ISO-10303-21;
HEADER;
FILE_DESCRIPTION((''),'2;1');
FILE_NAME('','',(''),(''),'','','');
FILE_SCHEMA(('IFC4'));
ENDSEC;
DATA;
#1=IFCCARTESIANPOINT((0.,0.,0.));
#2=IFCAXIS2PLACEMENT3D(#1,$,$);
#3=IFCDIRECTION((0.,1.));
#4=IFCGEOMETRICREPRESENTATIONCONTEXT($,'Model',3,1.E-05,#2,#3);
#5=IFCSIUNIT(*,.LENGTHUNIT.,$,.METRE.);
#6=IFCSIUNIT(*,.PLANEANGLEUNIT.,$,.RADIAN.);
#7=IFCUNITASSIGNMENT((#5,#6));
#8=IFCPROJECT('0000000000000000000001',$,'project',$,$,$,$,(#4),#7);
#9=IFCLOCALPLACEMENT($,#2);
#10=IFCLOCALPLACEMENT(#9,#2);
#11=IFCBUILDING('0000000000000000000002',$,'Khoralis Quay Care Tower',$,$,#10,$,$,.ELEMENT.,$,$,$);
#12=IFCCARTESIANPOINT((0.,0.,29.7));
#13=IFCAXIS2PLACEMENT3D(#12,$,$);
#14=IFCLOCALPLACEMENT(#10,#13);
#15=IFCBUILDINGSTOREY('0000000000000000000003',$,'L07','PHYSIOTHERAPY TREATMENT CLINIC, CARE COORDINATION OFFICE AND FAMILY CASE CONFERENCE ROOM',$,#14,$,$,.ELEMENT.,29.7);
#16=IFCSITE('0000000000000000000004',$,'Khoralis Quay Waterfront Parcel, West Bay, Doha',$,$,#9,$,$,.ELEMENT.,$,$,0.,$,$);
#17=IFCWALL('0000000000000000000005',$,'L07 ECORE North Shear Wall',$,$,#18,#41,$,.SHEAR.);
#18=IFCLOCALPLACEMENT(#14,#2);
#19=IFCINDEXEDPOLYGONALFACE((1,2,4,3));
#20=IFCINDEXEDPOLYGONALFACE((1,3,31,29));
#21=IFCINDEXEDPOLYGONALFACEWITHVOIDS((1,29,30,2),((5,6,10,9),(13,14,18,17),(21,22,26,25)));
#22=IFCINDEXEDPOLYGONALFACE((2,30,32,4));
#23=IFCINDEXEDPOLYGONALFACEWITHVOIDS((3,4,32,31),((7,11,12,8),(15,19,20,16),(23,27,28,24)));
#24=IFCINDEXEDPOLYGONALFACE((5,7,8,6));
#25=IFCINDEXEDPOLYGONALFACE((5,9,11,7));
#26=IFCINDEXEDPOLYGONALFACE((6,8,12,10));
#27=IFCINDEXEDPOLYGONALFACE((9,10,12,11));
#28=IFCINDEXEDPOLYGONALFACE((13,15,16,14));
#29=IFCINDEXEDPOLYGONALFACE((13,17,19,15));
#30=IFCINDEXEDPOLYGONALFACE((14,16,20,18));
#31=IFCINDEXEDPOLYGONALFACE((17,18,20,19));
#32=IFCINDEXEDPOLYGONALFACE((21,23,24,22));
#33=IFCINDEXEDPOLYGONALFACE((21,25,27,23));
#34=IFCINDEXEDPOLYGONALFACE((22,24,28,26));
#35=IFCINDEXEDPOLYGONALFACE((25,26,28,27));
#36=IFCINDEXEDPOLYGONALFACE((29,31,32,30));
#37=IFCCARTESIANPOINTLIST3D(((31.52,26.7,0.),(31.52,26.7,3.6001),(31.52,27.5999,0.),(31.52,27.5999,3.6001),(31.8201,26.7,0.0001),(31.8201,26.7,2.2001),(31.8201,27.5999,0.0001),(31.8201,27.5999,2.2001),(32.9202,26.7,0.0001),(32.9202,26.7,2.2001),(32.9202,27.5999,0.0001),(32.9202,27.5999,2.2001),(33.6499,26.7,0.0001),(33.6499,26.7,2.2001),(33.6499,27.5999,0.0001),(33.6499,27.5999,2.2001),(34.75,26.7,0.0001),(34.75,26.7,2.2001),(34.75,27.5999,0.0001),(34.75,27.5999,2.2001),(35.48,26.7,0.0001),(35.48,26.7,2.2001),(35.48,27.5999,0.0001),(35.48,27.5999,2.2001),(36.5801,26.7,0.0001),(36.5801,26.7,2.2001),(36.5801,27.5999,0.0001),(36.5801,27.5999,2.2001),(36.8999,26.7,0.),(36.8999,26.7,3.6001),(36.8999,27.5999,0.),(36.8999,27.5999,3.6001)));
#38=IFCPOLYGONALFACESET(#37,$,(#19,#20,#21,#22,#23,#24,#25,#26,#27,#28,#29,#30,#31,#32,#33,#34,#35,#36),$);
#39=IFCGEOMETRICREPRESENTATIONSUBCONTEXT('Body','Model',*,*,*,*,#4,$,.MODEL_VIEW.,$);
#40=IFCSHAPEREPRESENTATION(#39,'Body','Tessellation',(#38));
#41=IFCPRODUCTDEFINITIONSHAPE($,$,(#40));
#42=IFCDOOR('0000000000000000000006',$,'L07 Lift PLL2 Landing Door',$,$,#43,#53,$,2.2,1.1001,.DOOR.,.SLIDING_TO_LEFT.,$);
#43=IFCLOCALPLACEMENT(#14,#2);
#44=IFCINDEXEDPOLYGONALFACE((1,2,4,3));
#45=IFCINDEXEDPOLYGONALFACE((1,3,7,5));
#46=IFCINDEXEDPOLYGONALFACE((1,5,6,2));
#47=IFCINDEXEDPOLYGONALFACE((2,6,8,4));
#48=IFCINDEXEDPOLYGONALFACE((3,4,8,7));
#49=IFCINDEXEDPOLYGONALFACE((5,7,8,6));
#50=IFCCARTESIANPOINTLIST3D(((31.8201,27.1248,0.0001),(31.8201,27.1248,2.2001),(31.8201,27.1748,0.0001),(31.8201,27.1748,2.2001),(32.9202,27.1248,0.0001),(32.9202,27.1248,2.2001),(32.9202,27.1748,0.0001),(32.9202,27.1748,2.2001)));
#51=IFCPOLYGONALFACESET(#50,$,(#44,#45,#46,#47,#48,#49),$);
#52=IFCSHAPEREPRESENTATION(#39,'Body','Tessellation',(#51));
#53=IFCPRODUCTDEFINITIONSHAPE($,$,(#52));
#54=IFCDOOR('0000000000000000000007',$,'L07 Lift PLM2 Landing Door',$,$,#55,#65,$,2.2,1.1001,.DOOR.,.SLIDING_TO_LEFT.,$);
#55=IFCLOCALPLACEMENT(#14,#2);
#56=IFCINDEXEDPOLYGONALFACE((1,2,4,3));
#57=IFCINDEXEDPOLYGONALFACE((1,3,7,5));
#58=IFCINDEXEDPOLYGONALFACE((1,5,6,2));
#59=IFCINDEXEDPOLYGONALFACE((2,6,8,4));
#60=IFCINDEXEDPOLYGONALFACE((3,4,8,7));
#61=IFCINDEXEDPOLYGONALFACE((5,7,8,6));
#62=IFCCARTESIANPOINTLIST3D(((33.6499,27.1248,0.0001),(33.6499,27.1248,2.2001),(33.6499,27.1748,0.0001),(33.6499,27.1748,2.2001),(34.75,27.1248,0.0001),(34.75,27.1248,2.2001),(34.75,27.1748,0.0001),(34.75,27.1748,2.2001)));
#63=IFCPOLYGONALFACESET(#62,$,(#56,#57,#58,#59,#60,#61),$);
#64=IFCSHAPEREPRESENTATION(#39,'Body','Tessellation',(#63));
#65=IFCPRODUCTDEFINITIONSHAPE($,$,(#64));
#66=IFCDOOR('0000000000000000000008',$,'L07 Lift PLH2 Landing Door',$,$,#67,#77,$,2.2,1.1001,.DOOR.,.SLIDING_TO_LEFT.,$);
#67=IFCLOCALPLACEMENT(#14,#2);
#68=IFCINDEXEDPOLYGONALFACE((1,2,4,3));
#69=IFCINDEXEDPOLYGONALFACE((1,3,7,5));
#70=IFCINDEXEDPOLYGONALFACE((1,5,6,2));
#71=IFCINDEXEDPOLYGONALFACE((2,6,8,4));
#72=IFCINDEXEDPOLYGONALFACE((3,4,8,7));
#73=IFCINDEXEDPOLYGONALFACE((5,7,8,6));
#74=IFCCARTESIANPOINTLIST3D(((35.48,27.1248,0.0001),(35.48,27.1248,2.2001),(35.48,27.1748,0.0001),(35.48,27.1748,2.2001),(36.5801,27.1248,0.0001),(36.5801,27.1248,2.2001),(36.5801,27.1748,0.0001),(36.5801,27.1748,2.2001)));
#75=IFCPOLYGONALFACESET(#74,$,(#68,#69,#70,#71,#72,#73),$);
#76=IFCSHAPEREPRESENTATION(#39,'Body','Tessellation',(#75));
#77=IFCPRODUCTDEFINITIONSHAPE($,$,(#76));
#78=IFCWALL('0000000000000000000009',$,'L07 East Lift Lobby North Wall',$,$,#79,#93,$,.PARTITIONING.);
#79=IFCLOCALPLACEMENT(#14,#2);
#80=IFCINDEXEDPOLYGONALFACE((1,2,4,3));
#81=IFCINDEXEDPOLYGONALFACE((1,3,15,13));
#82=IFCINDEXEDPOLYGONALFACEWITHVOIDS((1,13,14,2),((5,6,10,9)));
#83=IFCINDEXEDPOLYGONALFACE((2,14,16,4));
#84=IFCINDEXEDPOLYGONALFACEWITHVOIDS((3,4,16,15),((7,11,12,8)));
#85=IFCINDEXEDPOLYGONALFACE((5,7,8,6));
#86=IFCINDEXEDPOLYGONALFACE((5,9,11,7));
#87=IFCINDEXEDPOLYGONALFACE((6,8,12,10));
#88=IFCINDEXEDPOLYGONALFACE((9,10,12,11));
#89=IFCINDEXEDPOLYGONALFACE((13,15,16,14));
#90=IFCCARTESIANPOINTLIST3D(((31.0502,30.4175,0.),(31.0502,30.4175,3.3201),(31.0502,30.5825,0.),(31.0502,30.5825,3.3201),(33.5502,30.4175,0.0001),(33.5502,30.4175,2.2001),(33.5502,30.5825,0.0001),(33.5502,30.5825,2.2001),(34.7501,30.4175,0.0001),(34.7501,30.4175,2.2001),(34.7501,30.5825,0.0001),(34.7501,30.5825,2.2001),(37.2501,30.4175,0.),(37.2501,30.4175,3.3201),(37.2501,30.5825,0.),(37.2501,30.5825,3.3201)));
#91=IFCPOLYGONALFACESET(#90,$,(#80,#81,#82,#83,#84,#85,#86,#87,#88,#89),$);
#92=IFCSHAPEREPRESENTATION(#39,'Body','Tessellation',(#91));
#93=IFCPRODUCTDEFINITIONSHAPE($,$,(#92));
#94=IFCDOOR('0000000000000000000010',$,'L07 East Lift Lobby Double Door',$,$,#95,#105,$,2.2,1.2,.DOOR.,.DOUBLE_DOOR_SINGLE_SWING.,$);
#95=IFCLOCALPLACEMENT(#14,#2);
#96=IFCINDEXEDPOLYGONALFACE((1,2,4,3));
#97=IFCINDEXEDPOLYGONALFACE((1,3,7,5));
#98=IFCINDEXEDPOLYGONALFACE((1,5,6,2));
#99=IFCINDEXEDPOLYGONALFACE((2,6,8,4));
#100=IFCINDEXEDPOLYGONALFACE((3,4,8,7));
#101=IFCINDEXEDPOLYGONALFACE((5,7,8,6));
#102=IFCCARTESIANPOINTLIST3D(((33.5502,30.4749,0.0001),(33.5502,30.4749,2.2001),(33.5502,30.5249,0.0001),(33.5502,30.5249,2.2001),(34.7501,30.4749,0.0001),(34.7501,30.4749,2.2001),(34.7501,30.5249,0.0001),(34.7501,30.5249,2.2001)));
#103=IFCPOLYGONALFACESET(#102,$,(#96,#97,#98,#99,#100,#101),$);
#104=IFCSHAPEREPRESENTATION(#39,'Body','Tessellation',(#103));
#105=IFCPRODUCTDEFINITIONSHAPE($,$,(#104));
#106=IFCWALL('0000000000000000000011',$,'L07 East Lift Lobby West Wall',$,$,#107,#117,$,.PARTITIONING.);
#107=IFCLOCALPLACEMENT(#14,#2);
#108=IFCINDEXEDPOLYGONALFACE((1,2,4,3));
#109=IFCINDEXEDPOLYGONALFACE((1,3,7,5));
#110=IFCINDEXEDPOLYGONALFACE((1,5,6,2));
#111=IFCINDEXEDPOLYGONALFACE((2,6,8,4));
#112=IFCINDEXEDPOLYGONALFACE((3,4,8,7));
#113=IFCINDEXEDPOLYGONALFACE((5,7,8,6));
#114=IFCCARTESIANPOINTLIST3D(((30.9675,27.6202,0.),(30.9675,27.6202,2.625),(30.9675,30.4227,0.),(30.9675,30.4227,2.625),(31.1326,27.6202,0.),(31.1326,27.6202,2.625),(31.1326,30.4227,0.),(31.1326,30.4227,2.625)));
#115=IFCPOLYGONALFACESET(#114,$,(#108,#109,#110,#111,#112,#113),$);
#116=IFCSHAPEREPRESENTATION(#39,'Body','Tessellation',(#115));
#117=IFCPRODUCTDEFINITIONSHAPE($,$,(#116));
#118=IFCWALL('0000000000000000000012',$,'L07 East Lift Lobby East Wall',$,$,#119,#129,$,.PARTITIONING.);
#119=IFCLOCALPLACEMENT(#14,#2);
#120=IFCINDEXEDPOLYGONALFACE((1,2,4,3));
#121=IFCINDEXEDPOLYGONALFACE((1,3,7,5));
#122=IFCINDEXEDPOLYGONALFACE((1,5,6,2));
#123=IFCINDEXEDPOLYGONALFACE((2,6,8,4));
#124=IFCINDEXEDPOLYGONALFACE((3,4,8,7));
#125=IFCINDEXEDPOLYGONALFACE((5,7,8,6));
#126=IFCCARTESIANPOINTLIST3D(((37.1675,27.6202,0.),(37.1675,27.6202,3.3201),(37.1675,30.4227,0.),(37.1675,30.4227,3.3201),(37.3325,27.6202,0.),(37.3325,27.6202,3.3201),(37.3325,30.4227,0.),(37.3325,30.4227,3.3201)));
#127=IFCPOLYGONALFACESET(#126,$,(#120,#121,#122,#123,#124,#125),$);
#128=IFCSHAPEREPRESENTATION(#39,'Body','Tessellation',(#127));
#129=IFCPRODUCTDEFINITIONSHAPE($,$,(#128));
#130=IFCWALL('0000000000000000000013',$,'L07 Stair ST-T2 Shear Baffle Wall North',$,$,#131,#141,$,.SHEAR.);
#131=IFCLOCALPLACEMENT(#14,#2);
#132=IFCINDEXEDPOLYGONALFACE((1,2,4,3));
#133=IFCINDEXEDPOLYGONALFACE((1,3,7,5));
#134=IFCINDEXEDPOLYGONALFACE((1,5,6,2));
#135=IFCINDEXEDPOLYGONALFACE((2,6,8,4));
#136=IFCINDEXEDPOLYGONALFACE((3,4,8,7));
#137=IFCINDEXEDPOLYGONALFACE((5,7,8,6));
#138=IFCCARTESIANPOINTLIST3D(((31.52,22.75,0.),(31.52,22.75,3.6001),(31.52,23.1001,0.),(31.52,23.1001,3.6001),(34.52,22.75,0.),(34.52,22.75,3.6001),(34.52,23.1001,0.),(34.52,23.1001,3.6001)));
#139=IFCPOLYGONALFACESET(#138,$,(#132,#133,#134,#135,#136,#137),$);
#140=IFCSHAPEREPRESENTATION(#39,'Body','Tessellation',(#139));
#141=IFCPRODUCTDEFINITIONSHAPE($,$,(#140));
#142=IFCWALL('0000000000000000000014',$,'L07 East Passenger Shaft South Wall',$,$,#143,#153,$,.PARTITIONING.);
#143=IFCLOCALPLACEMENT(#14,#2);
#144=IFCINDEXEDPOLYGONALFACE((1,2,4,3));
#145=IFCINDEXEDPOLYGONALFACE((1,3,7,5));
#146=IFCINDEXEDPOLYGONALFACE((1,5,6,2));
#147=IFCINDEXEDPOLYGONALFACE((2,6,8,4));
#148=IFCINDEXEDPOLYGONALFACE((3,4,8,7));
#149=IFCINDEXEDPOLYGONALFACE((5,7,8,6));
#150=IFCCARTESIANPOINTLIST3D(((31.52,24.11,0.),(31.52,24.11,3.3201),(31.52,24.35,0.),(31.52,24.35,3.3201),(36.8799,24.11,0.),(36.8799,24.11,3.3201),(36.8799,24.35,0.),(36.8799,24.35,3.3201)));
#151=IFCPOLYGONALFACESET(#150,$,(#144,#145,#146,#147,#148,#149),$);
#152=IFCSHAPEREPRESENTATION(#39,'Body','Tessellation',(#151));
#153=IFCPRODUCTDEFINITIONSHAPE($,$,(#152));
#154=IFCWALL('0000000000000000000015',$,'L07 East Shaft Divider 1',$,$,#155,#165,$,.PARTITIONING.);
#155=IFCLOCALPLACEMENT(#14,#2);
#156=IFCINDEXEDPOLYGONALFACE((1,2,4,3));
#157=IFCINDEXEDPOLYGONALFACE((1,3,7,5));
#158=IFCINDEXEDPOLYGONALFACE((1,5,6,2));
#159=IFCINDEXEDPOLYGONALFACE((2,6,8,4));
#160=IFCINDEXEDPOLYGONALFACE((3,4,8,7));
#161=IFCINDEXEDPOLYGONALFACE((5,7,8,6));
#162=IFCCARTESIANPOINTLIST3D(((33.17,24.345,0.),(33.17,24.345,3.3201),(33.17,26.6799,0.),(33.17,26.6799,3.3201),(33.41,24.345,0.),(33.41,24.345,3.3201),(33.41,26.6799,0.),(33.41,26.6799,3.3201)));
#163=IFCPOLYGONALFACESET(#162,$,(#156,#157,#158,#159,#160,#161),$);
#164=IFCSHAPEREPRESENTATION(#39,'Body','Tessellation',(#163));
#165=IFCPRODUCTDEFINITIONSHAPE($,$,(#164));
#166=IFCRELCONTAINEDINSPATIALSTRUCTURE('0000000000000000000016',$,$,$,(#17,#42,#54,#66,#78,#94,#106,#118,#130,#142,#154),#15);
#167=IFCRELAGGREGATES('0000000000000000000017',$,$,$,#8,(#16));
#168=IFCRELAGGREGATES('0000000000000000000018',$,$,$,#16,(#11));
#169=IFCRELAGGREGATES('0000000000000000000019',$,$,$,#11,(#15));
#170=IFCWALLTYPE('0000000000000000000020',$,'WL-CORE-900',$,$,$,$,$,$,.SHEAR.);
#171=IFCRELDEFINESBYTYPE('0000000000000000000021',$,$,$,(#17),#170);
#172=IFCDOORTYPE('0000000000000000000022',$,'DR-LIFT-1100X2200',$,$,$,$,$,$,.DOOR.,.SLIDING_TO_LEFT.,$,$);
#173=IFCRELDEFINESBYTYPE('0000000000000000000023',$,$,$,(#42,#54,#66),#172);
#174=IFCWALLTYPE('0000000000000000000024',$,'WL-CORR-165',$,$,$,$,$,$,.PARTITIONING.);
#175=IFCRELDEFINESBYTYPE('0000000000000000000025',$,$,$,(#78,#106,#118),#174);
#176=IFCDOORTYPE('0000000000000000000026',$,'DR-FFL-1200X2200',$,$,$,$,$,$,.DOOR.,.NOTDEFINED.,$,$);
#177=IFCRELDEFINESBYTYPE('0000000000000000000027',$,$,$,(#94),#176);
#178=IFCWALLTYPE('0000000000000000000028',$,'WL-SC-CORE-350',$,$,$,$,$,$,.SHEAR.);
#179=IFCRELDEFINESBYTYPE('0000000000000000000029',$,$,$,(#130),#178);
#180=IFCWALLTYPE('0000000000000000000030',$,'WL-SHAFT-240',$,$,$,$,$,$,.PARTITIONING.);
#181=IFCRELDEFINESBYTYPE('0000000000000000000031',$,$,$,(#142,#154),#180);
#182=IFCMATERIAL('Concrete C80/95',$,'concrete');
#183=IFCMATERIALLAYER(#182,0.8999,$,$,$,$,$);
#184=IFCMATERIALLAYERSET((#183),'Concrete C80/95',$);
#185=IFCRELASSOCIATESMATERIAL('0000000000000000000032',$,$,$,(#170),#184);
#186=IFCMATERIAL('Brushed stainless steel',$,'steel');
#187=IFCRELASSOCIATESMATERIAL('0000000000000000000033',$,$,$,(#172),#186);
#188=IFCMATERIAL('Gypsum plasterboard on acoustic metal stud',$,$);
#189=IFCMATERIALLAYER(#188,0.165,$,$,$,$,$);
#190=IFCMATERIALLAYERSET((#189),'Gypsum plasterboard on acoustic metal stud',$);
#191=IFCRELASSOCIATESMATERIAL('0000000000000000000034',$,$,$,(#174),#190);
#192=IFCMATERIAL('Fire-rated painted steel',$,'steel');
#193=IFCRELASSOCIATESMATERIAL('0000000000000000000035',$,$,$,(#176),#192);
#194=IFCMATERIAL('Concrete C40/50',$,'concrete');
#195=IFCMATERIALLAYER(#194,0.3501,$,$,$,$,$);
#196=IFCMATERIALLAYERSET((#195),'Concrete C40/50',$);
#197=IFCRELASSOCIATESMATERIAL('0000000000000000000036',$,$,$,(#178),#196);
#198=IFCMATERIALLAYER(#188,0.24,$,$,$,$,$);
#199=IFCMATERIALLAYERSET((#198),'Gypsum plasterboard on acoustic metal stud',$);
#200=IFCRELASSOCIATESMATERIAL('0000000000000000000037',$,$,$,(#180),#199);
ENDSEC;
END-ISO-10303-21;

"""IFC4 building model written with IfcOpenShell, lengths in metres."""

from ifc_helpers import new_model, si_unit, direction, frame, frame_2d, origin, place, context, subcontext, project, spatial, rectangle, extrude, source, transform, mapped, material, layer, layer_set, type_object, element, fill, save


model = new_model("IFC4")

# Units and contexts
model_context = context("Model", 3, precision=1e-05, world=origin(), true_north=direction((0.0, 1.0)))
body_context = subcontext(model_context, "Body", "Model", "MODEL_VIEW")
ifc_project = project(units=[si_unit("LENGTHUNIT", "METRE"), si_unit("PLANEANGLEUNIT", "RADIAN")], contexts=[model_context])

# Site, building, storey
site_placement = place(None, origin())
site = spatial("IfcSite", under=ifc_project, at=site_placement, Name="Khoralis Quay Waterfront Parcel, West Bay, Doha", CompositionType="ELEMENT", RefElevation=0.0)
building_placement = place(site_placement, origin())
building = spatial("IfcBuilding", under=site, at=building_placement, Name="Khoralis Quay Care Tower", CompositionType="ELEMENT")
storey_placement = place(building_placement, frame((0.0, 0.0, 29.7)))
storey = spatial("IfcBuildingStorey", under=building, at=storey_placement, Name="L07", Description="PHYSIOTHERAPY TREATMENT CLINIC, CARE COORDINATION OFFICE AND FAMILY CASE CONFERENCE ROOM", CompositionType="ELEMENT", Elevation=29.7)

# Wall, openings, doors
ifc_material_1 = material(Name="Concrete C80/95", Category="concrete")
ifc_layer_1 = layer(ifc_material_1, 0.8999)
ifc_layer_set_1 = layer_set([ifc_layer_1], Name="Concrete C80/95")
wall_type_1 = type_object("IfcWallType", Name="WL-CORE-900", PredefinedType="SHEAR", material=ifc_layer_set_1)
wall_1_placement = place(storey_placement, frame((31.52, 27.1499, 0.0), z_axis=(0.0, 0.0, 1.0), x_axis=(1.0, 0.0, 0.0)))
wall_1 = element("IfcWall", 1, at=wall_1_placement, inside=storey, type_object=wall_type_1, Name="L07 ECORE North Shear Wall", PredefinedType="SHEAR", context=body_context, shape_type="SweptSolid", body=[
    extrude(rectangle(XDim=5.3799, YDim=0.8999, at=frame_2d((2.6899, 0.0))), origin(), (0.0, 0.0, 1.0), 3.6001),
])
opening_1_placement = place(wall_1_placement, frame((0.3, 0.0, 0.0)))
opening_1 = element("IfcOpeningElement", 2, at=opening_1_placement, cuts=wall_1, PredefinedType="OPENING", context=body_context, shape_type="SweptSolid", body=[
    extrude(rectangle(XDim=1.1001, YDim=2.2, at=frame_2d((0.55, 1.1001))), frame((0.0, 0.46, 0.0), z_axis=(0.0, -1.0, 0.0), x_axis=(1.0, 0.0, 0.0)), (0.0, 0.0, 1.0), 0.9199),
])
opening_2_placement = place(wall_1_placement, frame((2.1299, 0.0, 0.0)))
opening_2 = element("IfcOpeningElement", 3, at=opening_2_placement, cuts=wall_1, PredefinedType="OPENING", context=body_context, shape_type="SweptSolid", body=[
    extrude(rectangle(XDim=1.1001, YDim=2.2, at=frame_2d((0.55, 1.1001))), frame((0.0, 0.46, 0.0), z_axis=(0.0, -1.0, 0.0), x_axis=(1.0, 0.0, 0.0)), (0.0, 0.0, 1.0), 0.9199),
])
opening_3_placement = place(wall_1_placement, frame((3.96, 0.0, 0.0)))
opening_3 = element("IfcOpeningElement", 4, at=opening_3_placement, cuts=wall_1, PredefinedType="OPENING", context=body_context, shape_type="SweptSolid", body=[
    extrude(rectangle(XDim=1.1001, YDim=2.2, at=frame_2d((0.55, 1.1001))), frame((0.0, 0.46, 0.0), z_axis=(0.0, -1.0, 0.0), x_axis=(1.0, 0.0, 0.0)), (0.0, 0.0, 1.0), 0.9199),
])
ifc_material_2 = material(Name="Brushed stainless steel", Category="steel")
door_type_1 = type_object("IfcDoorType", Name="DR-LIFT-1100X2200", OperationType="SLIDING_TO_LEFT", PredefinedType="DOOR", material=ifc_material_2)
shared_shape_1 = source(origin(), body_context, "Body", "SweptSolid", [
    extrude(rectangle(XDim=1.1001, YDim=2.2, at=frame_2d((0.55, 1.1001))), frame((0.0, 0.0249, 0.0), z_axis=(0.0, -1.0, 0.0), x_axis=(1.0, 0.0, 0.0)), (0.0, 0.0, 1.0), 0.05),
])
door_1_placement = place(opening_1_placement, origin())
door_1 = element("IfcDoor", 5, at=door_1_placement, inside=storey, type_object=door_type_1, Name="L07 Lift PLL2 Landing Door", OperationType="SLIDING_TO_LEFT", OverallHeight=2.2, OverallWidth=1.1001, PredefinedType="DOOR", context=body_context, shape_type="MappedRepresentation", body=[
    mapped(shared_shape_1, transform((0.0, 0.0, 0.0), scale=1.0)),
])
fill(opening_1, door_1)
door_2_placement = place(opening_2_placement, origin())
door_2 = element("IfcDoor", 6, at=door_2_placement, inside=storey, type_object=door_type_1, Name="L07 Lift PLM2 Landing Door", OperationType="SLIDING_TO_LEFT", OverallHeight=2.2, OverallWidth=1.1001, PredefinedType="DOOR", context=body_context, shape_type="MappedRepresentation", body=[
    mapped(shared_shape_1, transform((0.0, 0.0, 0.0), scale=1.0)),
])
fill(opening_2, door_2)
door_3_placement = place(opening_3_placement, origin())
door_3 = element("IfcDoor", 7, at=door_3_placement, inside=storey, type_object=door_type_1, Name="L07 Lift PLH2 Landing Door", OperationType="SLIDING_TO_LEFT", OverallHeight=2.2, OverallWidth=1.1001, PredefinedType="DOOR", context=body_context, shape_type="MappedRepresentation", body=[
    mapped(shared_shape_1, transform((0.0, 0.0, 0.0), scale=1.0)),
])
fill(opening_3, door_3)

# Wall, opening, door
ifc_material_3 = material(Name="Gypsum plasterboard on acoustic metal stud")
ifc_layer_2 = layer(ifc_material_3, 0.165)
ifc_layer_set_2 = layer_set([ifc_layer_2], Name="Gypsum plasterboard on acoustic metal stud")
wall_type_2 = type_object("IfcWallType", Name="WL-CORR-165", PredefinedType="PARTITIONING", material=ifc_layer_set_2)
wall_2_placement = place(storey_placement, frame((31.05, 30.5, 0.0), z_axis=(0.0, 0.0, 1.0), x_axis=(1.0, 0.0, 0.0)))
wall_2 = element("IfcWall", 8, at=wall_2_placement, inside=storey, type_object=wall_type_2, Name="L07 East Lift Lobby North Wall", PredefinedType="PARTITIONING", context=body_context, shape_type="SweptSolid", body=[
    extrude(rectangle(XDim=6.2, YDim=0.165, at=frame_2d((3.1001, 0.0))), origin(), (0.0, 0.0, 1.0), 3.3201),
])
opening_4_placement = place(wall_2_placement, frame((2.5, 0.0, 0.0)))
opening_4 = element("IfcOpeningElement", 9, at=opening_4_placement, cuts=wall_2, PredefinedType="OPENING", context=body_context, shape_type="SweptSolid", body=[
    extrude(rectangle(XDim=1.2, YDim=2.2, at=frame_2d((0.6001, 1.1001))), frame((0.0, 0.0925, 0.0), z_axis=(0.0, -1.0, 0.0), x_axis=(1.0, 0.0, 0.0)), (0.0, 0.0, 1.0), 0.1851),
])
ifc_material_4 = material(Name="Fire-rated painted steel", Category="steel")
door_type_2 = type_object("IfcDoorType", Name="DR-FFL-1200X2200", OperationType="NOTDEFINED", PredefinedType="DOOR", material=ifc_material_4)
shared_shape_2 = source(origin(), body_context, "Body", "SweptSolid", [
    extrude(rectangle(XDim=1.2, YDim=2.2, at=frame_2d((0.6001, 1.1001))), frame((0.0, 0.0249, 0.0), z_axis=(0.0, -1.0, 0.0), x_axis=(1.0, 0.0, 0.0)), (0.0, 0.0, 1.0), 0.05),
])
door_4_placement = place(opening_4_placement, origin())
door_4 = element("IfcDoor", 10, at=door_4_placement, inside=storey, type_object=door_type_2, Name="L07 East Lift Lobby Double Door", OperationType="DOUBLE_DOOR_SINGLE_SWING", OverallHeight=2.2, OverallWidth=1.2, PredefinedType="DOOR", context=body_context, shape_type="MappedRepresentation", body=[
    mapped(shared_shape_2, transform((0.0, 0.0, 0.0), scale=1.0)),
])
fill(opening_4, door_4)

# Walls
wall_3_placement = place(storey_placement, frame((31.05, 27.6201, 0.0), z_axis=(0.0, 0.0, 1.0), x_axis=(0.0, 1.0, 0.0)))
element("IfcWall", 11, at=wall_3_placement, inside=storey, type_object=wall_type_2, Name="L07 East Lift Lobby West Wall", PredefinedType="PARTITIONING", context=body_context, shape_type="SweptSolid", body=[
    extrude(rectangle(XDim=2.8025, YDim=0.165, at=frame_2d((1.4014, 0.0))), origin(), (0.0, 0.0, 1.0), 2.625),
])
wall_4_placement = place(storey_placement, frame((37.25, 27.6201, 0.0), z_axis=(0.0, 0.0, 1.0), x_axis=(0.0, 1.0, 0.0)))
element("IfcWall", 12, at=wall_4_placement, inside=storey, type_object=wall_type_2, Name="L07 East Lift Lobby East Wall", PredefinedType="PARTITIONING", context=body_context, shape_type="SweptSolid", body=[
    extrude(rectangle(XDim=2.8025, YDim=0.165, at=frame_2d((1.4014, 0.0))), origin(), (0.0, 0.0, 1.0), 3.3201),
])
ifc_material_5 = material(Name="Concrete C40/50", Category="concrete")
ifc_layer_3 = layer(ifc_material_5, 0.3501)
ifc_layer_set_3 = layer_set([ifc_layer_3], Name="Concrete C40/50")
wall_type_3 = type_object("IfcWallType", Name="WL-SC-CORE-350", PredefinedType="SHEAR", material=ifc_layer_set_3)
wall_5_placement = place(storey_placement, frame((31.52, 22.925, 0.0), z_axis=(0.0, 0.0, 1.0), x_axis=(1.0, 0.0, 0.0)))
element("IfcWall", 13, at=wall_5_placement, inside=storey, type_object=wall_type_3, Name="L07 Stair ST-T2 Shear Baffle Wall North", PredefinedType="SHEAR", context=body_context, shape_type="SweptSolid", body=[
    extrude(rectangle(XDim=3.0, YDim=0.3501, at=frame_2d((1.5, 0.0))), origin(), (0.0, 0.0, 1.0), 3.6001),
])
ifc_layer_4 = layer(ifc_material_3, 0.24)
ifc_layer_set_4 = layer_set([ifc_layer_4], Name="Gypsum plasterboard on acoustic metal stud")
wall_type_4 = type_object("IfcWallType", Name="WL-SHAFT-240", PredefinedType="PARTITIONING", material=ifc_layer_set_4)
wall_6_placement = place(storey_placement, frame((31.52, 24.23, 0.0), z_axis=(0.0, 0.0, 1.0), x_axis=(1.0, 0.0, 0.0)))
element("IfcWall", 14, at=wall_6_placement, inside=storey, type_object=wall_type_4, Name="L07 East Passenger Shaft South Wall", PredefinedType="PARTITIONING", context=body_context, shape_type="SweptSolid", body=[
    extrude(rectangle(XDim=5.3599, YDim=0.24, at=frame_2d((2.6799, 0.0))), origin(), (0.0, 0.0, 1.0), 3.3201),
])
for number, where, z_axis, x_axis, name in (
    (15, (33.29, 24.345, 0.0), (0.0, 0.0, 1.0), (0.0, 1.0, 0.0), "L07 East Shaft Divider 1"),
):
    element("IfcWall", number, at=place(storey_placement, frame(where, z_axis=z_axis, x_axis=x_axis)), inside=storey, type_object=wall_type_4, Name=name, PredefinedType="PARTITIONING", context=body_context, shape_type="SweptSolid", body=[
        extrude(rectangle(XDim=2.335, YDim=0.24, at=frame_2d((1.1675, 0.0))), origin(), (0.0, 0.0, 1.0), 3.3201),
    ])

save(model, "model.ifc")
